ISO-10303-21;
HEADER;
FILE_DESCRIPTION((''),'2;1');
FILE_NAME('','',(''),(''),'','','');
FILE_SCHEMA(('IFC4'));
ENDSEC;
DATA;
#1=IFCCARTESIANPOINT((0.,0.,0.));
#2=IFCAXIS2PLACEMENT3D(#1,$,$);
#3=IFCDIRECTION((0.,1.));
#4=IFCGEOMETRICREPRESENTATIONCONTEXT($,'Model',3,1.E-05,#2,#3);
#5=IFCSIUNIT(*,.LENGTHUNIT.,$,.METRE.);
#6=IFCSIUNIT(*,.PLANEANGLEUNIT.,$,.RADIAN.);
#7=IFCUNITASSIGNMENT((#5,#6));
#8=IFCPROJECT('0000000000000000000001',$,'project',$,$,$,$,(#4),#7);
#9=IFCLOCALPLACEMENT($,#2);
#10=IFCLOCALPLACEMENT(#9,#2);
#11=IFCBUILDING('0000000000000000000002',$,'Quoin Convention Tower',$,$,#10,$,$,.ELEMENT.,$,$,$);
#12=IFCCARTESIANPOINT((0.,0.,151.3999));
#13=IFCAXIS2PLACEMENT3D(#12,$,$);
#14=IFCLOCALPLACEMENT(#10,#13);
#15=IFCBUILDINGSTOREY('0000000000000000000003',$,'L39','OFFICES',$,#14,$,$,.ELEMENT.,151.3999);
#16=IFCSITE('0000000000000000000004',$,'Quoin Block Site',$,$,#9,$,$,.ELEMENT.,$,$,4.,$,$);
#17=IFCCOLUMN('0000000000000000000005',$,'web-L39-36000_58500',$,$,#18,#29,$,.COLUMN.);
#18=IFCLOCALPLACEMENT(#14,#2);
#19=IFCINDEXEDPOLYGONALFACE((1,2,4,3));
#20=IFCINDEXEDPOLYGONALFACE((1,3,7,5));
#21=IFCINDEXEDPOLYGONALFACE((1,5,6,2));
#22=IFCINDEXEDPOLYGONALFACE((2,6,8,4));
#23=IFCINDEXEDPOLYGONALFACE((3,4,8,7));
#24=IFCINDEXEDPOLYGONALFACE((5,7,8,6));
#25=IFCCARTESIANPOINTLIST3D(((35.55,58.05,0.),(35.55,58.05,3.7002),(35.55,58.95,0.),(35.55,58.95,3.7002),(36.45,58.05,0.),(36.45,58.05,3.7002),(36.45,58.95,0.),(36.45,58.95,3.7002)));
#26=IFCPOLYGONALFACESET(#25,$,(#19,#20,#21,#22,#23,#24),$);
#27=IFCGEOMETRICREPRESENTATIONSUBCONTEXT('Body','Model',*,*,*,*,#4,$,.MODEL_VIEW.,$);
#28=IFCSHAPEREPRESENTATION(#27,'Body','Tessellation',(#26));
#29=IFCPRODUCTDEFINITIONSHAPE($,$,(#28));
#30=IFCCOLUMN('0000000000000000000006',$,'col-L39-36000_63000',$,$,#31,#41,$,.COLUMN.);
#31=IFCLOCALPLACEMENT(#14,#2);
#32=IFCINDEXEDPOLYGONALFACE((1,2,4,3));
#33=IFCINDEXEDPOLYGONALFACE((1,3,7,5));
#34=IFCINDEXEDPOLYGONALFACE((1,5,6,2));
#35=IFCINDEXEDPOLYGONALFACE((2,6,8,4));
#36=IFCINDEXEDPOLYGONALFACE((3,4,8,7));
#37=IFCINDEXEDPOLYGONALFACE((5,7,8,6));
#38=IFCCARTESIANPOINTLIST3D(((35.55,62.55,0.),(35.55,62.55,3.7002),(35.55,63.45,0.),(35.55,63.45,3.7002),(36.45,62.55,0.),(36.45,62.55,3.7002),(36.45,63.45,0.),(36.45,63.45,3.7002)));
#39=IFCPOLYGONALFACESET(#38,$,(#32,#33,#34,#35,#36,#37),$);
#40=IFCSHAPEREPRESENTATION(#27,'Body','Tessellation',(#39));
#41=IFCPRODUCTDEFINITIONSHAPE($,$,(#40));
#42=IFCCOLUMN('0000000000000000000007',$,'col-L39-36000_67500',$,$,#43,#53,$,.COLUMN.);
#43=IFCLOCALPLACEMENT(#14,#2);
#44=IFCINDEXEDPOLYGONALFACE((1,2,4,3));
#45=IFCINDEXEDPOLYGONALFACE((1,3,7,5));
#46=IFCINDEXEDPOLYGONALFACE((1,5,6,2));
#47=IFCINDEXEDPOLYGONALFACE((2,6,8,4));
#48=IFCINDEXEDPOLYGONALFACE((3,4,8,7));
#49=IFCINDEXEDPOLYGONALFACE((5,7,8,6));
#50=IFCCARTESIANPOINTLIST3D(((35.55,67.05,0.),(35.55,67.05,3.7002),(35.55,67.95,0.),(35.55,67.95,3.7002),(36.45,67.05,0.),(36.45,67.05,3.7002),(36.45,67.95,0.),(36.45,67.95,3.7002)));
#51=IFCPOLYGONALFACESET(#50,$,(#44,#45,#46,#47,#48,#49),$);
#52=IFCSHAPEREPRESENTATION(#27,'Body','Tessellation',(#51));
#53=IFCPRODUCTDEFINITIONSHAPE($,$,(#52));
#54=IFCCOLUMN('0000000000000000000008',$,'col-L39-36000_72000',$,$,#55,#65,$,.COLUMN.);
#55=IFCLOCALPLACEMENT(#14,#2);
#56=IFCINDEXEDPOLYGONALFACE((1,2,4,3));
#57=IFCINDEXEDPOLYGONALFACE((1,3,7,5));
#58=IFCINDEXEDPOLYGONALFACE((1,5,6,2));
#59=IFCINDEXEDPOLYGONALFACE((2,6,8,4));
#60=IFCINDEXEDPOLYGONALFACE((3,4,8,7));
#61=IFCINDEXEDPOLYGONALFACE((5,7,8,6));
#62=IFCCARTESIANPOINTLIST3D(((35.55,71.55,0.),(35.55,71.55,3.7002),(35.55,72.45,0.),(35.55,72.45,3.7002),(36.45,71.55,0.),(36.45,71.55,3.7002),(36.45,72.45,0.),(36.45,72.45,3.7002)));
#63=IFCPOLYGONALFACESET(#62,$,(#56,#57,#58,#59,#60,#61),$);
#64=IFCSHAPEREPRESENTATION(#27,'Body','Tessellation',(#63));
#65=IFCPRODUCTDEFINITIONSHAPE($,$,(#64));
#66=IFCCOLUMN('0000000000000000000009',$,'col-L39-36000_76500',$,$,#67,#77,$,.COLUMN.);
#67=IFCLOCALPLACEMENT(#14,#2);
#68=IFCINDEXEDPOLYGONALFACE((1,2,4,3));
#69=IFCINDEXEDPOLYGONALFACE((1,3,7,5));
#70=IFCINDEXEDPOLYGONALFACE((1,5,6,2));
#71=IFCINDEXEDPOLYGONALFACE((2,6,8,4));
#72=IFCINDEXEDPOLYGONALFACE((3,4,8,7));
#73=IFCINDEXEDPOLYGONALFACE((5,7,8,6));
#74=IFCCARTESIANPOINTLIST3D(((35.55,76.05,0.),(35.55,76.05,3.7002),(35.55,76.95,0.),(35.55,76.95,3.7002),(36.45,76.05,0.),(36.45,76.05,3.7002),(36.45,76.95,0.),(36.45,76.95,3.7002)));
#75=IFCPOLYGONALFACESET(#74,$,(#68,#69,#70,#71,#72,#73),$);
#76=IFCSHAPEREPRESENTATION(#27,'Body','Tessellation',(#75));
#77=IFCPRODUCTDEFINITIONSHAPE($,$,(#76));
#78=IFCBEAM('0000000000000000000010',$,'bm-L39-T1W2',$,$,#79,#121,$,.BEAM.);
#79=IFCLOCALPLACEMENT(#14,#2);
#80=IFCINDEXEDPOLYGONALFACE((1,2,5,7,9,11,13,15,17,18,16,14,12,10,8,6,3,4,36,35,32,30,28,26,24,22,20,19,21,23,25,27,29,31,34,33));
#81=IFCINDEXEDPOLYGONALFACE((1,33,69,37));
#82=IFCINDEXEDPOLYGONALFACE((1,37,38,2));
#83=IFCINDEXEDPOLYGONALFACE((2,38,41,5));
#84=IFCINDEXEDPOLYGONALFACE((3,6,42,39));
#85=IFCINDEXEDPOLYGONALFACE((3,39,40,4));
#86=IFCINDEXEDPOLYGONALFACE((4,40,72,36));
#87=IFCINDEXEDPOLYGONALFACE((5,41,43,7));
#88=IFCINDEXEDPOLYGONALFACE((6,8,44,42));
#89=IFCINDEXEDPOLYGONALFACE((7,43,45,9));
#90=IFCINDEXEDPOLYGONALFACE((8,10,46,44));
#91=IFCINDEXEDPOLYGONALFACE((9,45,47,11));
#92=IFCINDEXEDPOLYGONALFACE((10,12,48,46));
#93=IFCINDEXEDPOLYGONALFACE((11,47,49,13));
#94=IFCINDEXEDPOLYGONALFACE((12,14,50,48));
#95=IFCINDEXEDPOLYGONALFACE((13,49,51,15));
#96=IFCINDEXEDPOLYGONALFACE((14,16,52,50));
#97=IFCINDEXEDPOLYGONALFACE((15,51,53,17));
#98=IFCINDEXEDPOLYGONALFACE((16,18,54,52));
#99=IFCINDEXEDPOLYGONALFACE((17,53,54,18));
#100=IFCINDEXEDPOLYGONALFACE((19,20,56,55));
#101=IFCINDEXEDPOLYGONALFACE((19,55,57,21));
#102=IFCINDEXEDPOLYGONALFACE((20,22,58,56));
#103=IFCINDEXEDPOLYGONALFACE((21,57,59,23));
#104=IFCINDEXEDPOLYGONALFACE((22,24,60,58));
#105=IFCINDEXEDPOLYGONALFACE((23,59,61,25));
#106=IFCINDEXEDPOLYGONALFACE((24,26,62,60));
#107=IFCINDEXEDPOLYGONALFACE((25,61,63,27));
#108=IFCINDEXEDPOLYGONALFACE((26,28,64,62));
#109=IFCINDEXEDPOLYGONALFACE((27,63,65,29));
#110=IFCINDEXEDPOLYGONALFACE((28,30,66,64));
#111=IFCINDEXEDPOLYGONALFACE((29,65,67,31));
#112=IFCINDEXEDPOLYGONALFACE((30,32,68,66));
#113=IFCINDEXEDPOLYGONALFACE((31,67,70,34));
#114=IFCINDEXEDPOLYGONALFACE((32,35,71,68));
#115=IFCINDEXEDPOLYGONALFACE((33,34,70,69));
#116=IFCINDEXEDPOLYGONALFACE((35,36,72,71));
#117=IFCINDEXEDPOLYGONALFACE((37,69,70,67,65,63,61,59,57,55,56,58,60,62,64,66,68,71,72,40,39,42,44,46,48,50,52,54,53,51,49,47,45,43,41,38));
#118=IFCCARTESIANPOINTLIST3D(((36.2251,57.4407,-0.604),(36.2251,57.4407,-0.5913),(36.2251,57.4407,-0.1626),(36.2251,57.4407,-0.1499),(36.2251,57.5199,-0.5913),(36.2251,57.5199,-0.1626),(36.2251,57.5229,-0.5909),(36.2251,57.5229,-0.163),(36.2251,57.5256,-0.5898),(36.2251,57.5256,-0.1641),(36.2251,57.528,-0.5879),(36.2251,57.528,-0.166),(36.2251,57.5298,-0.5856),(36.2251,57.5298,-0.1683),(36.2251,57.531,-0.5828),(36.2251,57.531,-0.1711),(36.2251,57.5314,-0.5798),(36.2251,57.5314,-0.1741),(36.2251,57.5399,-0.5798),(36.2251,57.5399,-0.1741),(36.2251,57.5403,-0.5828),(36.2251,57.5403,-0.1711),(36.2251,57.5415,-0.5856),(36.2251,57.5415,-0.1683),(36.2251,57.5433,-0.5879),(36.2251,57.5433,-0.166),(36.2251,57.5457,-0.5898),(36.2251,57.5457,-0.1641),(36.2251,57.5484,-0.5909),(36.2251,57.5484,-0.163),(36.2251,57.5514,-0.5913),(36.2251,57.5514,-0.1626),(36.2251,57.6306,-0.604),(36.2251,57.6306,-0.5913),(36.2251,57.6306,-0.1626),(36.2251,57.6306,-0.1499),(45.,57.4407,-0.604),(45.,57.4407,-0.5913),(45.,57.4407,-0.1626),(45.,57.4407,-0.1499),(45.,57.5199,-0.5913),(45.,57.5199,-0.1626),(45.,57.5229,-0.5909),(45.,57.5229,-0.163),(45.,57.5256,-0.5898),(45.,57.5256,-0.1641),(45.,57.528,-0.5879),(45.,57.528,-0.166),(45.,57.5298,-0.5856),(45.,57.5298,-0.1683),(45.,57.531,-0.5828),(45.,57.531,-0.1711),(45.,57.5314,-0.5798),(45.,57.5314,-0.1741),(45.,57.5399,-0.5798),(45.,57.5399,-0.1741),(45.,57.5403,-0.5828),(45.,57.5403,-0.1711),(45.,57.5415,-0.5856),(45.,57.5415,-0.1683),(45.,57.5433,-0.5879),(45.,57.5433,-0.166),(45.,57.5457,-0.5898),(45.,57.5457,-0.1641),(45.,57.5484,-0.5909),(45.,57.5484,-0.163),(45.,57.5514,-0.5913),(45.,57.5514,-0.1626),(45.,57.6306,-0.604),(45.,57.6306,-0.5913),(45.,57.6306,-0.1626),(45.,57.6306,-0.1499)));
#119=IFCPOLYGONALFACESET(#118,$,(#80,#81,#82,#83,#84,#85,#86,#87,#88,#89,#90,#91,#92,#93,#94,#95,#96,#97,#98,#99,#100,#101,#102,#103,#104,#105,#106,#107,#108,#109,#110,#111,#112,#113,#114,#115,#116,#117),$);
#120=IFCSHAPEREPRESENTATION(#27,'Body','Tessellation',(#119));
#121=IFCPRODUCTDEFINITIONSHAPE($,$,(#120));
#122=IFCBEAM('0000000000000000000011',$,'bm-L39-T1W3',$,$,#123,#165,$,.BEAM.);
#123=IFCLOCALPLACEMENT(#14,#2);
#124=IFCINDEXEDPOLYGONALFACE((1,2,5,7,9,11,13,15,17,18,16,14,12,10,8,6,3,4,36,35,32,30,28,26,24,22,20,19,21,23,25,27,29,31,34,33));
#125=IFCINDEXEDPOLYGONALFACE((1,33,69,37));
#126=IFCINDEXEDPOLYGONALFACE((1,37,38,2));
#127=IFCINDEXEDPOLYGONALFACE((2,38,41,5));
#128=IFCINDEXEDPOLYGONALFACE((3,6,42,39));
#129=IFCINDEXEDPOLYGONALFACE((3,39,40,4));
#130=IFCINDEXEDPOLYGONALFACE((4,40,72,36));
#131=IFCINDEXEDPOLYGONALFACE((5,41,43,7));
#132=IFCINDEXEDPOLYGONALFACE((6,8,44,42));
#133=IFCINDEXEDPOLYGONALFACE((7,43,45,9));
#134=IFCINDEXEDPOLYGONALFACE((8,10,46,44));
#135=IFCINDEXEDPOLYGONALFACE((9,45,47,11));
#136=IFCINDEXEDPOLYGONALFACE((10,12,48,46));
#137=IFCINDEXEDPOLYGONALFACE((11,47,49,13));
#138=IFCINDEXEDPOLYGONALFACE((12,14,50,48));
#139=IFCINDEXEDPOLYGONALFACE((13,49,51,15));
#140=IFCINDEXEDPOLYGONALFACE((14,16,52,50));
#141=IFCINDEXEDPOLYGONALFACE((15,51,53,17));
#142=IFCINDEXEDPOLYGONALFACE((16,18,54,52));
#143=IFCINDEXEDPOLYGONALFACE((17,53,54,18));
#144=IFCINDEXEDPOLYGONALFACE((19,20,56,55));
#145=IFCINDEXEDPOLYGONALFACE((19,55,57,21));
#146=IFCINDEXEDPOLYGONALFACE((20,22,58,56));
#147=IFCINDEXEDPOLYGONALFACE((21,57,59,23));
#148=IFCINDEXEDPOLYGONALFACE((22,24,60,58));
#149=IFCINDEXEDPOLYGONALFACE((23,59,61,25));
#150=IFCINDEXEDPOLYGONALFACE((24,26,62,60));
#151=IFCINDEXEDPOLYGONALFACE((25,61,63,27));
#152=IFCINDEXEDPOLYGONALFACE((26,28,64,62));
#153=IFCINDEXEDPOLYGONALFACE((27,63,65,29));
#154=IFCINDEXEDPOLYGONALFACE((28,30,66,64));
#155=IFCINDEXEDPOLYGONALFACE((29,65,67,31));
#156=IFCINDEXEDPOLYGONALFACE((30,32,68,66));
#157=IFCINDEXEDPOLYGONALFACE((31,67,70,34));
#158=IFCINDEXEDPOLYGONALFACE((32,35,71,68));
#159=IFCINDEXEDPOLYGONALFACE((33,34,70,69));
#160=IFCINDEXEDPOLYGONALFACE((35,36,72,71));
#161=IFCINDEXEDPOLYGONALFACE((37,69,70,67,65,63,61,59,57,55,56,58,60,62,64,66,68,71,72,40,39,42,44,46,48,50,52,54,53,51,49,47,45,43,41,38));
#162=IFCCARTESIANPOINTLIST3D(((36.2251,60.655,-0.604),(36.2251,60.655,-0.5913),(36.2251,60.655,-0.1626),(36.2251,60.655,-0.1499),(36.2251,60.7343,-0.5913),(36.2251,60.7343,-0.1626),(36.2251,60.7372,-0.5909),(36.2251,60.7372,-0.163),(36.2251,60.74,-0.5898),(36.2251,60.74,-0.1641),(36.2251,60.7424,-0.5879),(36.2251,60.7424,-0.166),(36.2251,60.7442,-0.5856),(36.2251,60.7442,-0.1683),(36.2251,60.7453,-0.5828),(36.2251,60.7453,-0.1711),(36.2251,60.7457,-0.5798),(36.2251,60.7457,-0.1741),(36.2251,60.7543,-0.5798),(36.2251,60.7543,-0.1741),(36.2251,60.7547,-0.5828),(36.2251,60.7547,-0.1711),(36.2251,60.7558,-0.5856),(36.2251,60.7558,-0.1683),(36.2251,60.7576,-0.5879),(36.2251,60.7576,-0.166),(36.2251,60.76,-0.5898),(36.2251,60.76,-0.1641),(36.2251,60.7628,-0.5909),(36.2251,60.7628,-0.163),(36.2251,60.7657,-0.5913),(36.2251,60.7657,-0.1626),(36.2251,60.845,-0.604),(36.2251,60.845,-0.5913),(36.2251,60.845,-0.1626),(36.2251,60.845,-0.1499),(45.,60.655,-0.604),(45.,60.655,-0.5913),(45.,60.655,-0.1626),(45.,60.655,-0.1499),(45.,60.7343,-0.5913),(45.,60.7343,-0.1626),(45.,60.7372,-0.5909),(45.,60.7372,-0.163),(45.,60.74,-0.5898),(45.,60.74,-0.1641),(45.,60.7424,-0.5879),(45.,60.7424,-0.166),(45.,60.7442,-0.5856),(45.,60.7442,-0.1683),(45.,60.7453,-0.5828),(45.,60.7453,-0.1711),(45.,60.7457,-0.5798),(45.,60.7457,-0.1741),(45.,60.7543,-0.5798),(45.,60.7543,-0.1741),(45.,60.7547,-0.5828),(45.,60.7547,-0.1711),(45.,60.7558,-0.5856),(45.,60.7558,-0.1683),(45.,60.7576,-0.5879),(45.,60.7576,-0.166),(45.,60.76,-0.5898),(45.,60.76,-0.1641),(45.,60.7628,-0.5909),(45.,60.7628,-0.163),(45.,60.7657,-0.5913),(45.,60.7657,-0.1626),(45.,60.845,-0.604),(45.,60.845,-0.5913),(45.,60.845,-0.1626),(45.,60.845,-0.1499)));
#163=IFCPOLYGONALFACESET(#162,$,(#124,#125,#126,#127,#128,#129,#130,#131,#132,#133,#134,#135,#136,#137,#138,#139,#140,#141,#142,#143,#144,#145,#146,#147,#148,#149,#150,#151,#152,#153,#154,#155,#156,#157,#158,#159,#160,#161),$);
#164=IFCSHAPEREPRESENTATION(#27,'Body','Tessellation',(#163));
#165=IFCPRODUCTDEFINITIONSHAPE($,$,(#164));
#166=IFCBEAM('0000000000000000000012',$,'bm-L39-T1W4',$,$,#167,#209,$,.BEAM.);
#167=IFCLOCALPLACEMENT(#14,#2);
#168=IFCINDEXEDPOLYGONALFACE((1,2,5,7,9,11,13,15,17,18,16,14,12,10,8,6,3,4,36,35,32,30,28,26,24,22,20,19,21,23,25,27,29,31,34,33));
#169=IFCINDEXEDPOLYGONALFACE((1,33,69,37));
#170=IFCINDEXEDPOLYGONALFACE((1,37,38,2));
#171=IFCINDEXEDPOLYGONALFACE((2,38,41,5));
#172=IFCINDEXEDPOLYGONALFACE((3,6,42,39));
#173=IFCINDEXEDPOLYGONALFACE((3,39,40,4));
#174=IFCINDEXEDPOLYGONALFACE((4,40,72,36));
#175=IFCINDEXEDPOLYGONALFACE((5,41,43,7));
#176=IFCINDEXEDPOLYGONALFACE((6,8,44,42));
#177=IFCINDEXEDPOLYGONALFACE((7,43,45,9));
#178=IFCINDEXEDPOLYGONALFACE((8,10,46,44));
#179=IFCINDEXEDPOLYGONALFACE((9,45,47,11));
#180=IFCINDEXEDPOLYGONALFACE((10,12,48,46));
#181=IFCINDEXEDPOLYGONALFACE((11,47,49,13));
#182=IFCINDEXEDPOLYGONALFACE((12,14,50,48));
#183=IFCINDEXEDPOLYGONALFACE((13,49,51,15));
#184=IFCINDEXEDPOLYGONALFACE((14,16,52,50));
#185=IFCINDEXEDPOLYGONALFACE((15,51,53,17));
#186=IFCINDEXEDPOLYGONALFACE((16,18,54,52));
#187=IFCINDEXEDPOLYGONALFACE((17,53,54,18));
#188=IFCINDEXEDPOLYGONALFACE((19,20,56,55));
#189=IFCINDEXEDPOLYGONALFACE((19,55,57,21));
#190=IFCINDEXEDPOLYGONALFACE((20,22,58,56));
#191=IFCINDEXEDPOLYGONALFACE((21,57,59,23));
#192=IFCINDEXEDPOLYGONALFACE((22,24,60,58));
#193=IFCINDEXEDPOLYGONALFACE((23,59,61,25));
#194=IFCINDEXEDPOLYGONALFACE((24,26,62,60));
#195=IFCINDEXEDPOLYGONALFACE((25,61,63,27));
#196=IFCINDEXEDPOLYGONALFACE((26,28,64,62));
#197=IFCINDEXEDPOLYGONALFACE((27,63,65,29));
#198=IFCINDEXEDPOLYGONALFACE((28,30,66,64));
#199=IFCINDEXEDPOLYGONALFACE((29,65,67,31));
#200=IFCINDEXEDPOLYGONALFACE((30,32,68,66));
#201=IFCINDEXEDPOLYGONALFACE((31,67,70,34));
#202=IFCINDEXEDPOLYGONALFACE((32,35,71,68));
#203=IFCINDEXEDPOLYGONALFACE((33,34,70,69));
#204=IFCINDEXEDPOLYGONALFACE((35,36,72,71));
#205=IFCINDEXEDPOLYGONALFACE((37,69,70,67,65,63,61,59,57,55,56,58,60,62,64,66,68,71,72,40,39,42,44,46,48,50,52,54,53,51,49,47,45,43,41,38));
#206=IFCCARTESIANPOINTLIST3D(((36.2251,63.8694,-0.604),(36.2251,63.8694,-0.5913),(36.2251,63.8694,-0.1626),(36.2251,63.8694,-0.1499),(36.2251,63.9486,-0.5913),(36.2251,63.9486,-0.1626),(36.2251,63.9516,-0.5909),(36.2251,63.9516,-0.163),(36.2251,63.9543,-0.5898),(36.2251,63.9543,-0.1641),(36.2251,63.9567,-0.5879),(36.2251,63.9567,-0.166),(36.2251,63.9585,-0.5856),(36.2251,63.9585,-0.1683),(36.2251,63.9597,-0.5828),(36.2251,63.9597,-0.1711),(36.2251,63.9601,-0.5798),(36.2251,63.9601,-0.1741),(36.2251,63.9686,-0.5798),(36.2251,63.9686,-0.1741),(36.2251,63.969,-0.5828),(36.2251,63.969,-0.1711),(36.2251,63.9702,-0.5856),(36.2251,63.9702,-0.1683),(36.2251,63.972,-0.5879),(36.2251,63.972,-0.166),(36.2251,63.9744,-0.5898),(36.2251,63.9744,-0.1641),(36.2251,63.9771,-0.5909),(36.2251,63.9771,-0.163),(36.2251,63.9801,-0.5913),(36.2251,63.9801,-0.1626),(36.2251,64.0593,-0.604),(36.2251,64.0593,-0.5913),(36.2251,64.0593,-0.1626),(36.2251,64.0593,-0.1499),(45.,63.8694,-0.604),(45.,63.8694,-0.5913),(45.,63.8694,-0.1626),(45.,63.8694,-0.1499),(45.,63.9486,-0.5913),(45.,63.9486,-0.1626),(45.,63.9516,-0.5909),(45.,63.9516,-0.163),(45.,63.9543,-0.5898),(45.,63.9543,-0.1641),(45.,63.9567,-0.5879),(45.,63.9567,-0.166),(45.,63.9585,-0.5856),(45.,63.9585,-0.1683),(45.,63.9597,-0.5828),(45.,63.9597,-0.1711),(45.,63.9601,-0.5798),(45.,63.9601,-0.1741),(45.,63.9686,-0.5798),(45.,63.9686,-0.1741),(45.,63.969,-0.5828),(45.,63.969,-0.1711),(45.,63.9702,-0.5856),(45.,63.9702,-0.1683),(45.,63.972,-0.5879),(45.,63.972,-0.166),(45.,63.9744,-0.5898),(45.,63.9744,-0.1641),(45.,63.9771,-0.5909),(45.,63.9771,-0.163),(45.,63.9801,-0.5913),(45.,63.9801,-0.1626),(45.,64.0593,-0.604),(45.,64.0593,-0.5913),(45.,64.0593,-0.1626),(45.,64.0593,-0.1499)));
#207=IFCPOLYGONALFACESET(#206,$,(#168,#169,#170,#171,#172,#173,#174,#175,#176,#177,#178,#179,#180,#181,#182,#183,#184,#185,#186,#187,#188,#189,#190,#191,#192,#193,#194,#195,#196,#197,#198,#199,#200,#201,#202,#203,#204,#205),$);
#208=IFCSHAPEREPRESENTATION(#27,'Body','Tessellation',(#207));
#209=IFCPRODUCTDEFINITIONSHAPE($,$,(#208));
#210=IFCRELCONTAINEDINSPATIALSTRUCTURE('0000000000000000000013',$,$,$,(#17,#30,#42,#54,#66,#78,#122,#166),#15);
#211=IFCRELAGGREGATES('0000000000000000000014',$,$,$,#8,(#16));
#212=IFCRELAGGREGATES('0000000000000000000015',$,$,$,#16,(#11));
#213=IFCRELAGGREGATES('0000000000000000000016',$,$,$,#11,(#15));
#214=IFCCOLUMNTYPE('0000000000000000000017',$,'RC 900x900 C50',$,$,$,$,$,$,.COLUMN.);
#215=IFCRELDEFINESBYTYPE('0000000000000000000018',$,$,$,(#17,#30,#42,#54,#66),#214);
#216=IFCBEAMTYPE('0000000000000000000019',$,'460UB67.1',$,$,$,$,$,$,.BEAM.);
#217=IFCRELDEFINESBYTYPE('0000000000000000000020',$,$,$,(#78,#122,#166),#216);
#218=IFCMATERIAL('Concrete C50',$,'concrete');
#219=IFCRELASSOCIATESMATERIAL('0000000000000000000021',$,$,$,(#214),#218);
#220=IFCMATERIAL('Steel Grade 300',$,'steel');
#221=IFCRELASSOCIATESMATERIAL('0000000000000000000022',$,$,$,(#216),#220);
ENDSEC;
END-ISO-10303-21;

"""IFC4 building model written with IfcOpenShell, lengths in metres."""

from ifc_helpers import new_model, si_unit, direction, frame, origin, origin_2d, place, context, subcontext, project, spatial, rectangle, i_section, extrude, material, material_profile, profile_set, type_object, element, save


model = new_model("IFC4")

# Units and contexts
model_context = context("Model", 3, precision=1e-05, world=origin(), true_north=direction((0.0, 1.0)))
body_context = subcontext(model_context, "Body", "Model", "MODEL_VIEW")
ifc_project = project(units=[si_unit("LENGTHUNIT", "METRE"), si_unit("PLANEANGLEUNIT", "RADIAN")], contexts=[model_context])

# Site, building, storey
site_placement = place(None, origin())
site = spatial("IfcSite", under=ifc_project, at=site_placement, Name="Quoin Block Site", CompositionType="ELEMENT", RefElevation=4.0)
building_placement = place(site_placement, origin())
building = spatial("IfcBuilding", under=site, at=building_placement, Name="Quoin Convention Tower", CompositionType="ELEMENT")
storey_placement = place(building_placement, frame((0.0, 0.0, 151.3999)))
storey = spatial("IfcBuildingStorey", under=building, at=storey_placement, Name="L39", Description="OFFICES", CompositionType="ELEMENT", Elevation=151.3999)

# Columns
ifc_material_1 = material(Name="Concrete C50", Category="concrete")
ifc_material_profile_1 = material_profile(ifc_material_1, rectangle(XDim=0.8999, YDim=0.8999, at=origin_2d()), Name="RC 900x900")
ifc_profile_set_1 = profile_set([ifc_material_profile_1], Name="Concrete C50")
column_type = type_object("IfcColumnType", Name="RC 900x900 C50", PredefinedType="COLUMN", material=ifc_profile_set_1)
for number, where, z_axis, x_axis, name in (
    (1, (36.0, 58.5, 0.0), (0.0, 0.0, 1.0), (1.0, 0.0, 0.0), "web-L39-36000_58500"),
    (2, (36.0, 63.0, 0.0), (0.0, 0.0, 1.0), (1.0, 0.0, 0.0), "col-L39-36000_63000"),
    (3, (36.0, 67.5, 0.0), (0.0, 0.0, 1.0), (1.0, 0.0, 0.0), "col-L39-36000_67500"),
    (4, (36.0, 72.0, 0.0), (0.0, 0.0, 1.0), (1.0, 0.0, 0.0), "col-L39-36000_72000"),
    (5, (36.0, 76.5, 0.0), (0.0, 0.0, 1.0), (1.0, 0.0, 0.0), "col-L39-36000_76500"),
):
    element("IfcColumn", number, at=place(storey_placement, frame(where, z_axis=z_axis, x_axis=x_axis)), inside=storey, type_object=column_type, Name=name, PredefinedType="COLUMN", context=body_context, shape_type="SweptSolid", body=[
        extrude(rectangle(XDim=0.8999, YDim=0.8999, at=origin_2d()), origin(), (0.0, 0.0, 1.0), 3.7002),
    ])

# Beams
ifc_material_2 = material(Name="Steel Grade 300", Category="steel")
ifc_material_profile_2 = material_profile(ifc_material_2, i_section(OverallWidth=0.1899, OverallDepth=0.4541, WebThickness=0.0085, FlangeThickness=0.0127, FilletRadius=0.0115, at=origin_2d()), Name="460UB67.1")
ifc_profile_set_2 = profile_set([ifc_material_profile_2], Name="Steel Grade 300")
beam_type_1 = type_object("IfcBeamType", Name="460UB67.1", PredefinedType="BEAM", material=ifc_profile_set_2)
for number, where, z_axis, x_axis, name in (
    (6, (36.2251, 57.5356, -0.377), (1.0, 0.0, 0.0), (0.0, 1.0, 0.0), "bm-L39-T1W2"),
    (7, (36.2251, 60.75, -0.377), (1.0, 0.0, 0.0), (0.0, 1.0, 0.0), "bm-L39-T1W3"),
    (8, (36.2251, 63.9644, -0.377), (1.0, 0.0, 0.0), (0.0, 1.0, 0.0), "bm-L39-T1W4"),
):
    element("IfcBeam", number, at=place(storey_placement, frame(where, z_axis=z_axis, x_axis=x_axis)), inside=storey, type_object=beam_type_1, Name=name, PredefinedType="BEAM", context=body_context, shape_type="SweptSolid", body=[
        extrude(i_section(OverallWidth=0.1899, OverallDepth=0.4541, WebThickness=0.0085, FlangeThickness=0.0127, FilletRadius=0.0115, at=origin_2d()), origin(), (0.0, 0.0, 1.0), 8.7749),
    ])

save(model, "model.ifc")
